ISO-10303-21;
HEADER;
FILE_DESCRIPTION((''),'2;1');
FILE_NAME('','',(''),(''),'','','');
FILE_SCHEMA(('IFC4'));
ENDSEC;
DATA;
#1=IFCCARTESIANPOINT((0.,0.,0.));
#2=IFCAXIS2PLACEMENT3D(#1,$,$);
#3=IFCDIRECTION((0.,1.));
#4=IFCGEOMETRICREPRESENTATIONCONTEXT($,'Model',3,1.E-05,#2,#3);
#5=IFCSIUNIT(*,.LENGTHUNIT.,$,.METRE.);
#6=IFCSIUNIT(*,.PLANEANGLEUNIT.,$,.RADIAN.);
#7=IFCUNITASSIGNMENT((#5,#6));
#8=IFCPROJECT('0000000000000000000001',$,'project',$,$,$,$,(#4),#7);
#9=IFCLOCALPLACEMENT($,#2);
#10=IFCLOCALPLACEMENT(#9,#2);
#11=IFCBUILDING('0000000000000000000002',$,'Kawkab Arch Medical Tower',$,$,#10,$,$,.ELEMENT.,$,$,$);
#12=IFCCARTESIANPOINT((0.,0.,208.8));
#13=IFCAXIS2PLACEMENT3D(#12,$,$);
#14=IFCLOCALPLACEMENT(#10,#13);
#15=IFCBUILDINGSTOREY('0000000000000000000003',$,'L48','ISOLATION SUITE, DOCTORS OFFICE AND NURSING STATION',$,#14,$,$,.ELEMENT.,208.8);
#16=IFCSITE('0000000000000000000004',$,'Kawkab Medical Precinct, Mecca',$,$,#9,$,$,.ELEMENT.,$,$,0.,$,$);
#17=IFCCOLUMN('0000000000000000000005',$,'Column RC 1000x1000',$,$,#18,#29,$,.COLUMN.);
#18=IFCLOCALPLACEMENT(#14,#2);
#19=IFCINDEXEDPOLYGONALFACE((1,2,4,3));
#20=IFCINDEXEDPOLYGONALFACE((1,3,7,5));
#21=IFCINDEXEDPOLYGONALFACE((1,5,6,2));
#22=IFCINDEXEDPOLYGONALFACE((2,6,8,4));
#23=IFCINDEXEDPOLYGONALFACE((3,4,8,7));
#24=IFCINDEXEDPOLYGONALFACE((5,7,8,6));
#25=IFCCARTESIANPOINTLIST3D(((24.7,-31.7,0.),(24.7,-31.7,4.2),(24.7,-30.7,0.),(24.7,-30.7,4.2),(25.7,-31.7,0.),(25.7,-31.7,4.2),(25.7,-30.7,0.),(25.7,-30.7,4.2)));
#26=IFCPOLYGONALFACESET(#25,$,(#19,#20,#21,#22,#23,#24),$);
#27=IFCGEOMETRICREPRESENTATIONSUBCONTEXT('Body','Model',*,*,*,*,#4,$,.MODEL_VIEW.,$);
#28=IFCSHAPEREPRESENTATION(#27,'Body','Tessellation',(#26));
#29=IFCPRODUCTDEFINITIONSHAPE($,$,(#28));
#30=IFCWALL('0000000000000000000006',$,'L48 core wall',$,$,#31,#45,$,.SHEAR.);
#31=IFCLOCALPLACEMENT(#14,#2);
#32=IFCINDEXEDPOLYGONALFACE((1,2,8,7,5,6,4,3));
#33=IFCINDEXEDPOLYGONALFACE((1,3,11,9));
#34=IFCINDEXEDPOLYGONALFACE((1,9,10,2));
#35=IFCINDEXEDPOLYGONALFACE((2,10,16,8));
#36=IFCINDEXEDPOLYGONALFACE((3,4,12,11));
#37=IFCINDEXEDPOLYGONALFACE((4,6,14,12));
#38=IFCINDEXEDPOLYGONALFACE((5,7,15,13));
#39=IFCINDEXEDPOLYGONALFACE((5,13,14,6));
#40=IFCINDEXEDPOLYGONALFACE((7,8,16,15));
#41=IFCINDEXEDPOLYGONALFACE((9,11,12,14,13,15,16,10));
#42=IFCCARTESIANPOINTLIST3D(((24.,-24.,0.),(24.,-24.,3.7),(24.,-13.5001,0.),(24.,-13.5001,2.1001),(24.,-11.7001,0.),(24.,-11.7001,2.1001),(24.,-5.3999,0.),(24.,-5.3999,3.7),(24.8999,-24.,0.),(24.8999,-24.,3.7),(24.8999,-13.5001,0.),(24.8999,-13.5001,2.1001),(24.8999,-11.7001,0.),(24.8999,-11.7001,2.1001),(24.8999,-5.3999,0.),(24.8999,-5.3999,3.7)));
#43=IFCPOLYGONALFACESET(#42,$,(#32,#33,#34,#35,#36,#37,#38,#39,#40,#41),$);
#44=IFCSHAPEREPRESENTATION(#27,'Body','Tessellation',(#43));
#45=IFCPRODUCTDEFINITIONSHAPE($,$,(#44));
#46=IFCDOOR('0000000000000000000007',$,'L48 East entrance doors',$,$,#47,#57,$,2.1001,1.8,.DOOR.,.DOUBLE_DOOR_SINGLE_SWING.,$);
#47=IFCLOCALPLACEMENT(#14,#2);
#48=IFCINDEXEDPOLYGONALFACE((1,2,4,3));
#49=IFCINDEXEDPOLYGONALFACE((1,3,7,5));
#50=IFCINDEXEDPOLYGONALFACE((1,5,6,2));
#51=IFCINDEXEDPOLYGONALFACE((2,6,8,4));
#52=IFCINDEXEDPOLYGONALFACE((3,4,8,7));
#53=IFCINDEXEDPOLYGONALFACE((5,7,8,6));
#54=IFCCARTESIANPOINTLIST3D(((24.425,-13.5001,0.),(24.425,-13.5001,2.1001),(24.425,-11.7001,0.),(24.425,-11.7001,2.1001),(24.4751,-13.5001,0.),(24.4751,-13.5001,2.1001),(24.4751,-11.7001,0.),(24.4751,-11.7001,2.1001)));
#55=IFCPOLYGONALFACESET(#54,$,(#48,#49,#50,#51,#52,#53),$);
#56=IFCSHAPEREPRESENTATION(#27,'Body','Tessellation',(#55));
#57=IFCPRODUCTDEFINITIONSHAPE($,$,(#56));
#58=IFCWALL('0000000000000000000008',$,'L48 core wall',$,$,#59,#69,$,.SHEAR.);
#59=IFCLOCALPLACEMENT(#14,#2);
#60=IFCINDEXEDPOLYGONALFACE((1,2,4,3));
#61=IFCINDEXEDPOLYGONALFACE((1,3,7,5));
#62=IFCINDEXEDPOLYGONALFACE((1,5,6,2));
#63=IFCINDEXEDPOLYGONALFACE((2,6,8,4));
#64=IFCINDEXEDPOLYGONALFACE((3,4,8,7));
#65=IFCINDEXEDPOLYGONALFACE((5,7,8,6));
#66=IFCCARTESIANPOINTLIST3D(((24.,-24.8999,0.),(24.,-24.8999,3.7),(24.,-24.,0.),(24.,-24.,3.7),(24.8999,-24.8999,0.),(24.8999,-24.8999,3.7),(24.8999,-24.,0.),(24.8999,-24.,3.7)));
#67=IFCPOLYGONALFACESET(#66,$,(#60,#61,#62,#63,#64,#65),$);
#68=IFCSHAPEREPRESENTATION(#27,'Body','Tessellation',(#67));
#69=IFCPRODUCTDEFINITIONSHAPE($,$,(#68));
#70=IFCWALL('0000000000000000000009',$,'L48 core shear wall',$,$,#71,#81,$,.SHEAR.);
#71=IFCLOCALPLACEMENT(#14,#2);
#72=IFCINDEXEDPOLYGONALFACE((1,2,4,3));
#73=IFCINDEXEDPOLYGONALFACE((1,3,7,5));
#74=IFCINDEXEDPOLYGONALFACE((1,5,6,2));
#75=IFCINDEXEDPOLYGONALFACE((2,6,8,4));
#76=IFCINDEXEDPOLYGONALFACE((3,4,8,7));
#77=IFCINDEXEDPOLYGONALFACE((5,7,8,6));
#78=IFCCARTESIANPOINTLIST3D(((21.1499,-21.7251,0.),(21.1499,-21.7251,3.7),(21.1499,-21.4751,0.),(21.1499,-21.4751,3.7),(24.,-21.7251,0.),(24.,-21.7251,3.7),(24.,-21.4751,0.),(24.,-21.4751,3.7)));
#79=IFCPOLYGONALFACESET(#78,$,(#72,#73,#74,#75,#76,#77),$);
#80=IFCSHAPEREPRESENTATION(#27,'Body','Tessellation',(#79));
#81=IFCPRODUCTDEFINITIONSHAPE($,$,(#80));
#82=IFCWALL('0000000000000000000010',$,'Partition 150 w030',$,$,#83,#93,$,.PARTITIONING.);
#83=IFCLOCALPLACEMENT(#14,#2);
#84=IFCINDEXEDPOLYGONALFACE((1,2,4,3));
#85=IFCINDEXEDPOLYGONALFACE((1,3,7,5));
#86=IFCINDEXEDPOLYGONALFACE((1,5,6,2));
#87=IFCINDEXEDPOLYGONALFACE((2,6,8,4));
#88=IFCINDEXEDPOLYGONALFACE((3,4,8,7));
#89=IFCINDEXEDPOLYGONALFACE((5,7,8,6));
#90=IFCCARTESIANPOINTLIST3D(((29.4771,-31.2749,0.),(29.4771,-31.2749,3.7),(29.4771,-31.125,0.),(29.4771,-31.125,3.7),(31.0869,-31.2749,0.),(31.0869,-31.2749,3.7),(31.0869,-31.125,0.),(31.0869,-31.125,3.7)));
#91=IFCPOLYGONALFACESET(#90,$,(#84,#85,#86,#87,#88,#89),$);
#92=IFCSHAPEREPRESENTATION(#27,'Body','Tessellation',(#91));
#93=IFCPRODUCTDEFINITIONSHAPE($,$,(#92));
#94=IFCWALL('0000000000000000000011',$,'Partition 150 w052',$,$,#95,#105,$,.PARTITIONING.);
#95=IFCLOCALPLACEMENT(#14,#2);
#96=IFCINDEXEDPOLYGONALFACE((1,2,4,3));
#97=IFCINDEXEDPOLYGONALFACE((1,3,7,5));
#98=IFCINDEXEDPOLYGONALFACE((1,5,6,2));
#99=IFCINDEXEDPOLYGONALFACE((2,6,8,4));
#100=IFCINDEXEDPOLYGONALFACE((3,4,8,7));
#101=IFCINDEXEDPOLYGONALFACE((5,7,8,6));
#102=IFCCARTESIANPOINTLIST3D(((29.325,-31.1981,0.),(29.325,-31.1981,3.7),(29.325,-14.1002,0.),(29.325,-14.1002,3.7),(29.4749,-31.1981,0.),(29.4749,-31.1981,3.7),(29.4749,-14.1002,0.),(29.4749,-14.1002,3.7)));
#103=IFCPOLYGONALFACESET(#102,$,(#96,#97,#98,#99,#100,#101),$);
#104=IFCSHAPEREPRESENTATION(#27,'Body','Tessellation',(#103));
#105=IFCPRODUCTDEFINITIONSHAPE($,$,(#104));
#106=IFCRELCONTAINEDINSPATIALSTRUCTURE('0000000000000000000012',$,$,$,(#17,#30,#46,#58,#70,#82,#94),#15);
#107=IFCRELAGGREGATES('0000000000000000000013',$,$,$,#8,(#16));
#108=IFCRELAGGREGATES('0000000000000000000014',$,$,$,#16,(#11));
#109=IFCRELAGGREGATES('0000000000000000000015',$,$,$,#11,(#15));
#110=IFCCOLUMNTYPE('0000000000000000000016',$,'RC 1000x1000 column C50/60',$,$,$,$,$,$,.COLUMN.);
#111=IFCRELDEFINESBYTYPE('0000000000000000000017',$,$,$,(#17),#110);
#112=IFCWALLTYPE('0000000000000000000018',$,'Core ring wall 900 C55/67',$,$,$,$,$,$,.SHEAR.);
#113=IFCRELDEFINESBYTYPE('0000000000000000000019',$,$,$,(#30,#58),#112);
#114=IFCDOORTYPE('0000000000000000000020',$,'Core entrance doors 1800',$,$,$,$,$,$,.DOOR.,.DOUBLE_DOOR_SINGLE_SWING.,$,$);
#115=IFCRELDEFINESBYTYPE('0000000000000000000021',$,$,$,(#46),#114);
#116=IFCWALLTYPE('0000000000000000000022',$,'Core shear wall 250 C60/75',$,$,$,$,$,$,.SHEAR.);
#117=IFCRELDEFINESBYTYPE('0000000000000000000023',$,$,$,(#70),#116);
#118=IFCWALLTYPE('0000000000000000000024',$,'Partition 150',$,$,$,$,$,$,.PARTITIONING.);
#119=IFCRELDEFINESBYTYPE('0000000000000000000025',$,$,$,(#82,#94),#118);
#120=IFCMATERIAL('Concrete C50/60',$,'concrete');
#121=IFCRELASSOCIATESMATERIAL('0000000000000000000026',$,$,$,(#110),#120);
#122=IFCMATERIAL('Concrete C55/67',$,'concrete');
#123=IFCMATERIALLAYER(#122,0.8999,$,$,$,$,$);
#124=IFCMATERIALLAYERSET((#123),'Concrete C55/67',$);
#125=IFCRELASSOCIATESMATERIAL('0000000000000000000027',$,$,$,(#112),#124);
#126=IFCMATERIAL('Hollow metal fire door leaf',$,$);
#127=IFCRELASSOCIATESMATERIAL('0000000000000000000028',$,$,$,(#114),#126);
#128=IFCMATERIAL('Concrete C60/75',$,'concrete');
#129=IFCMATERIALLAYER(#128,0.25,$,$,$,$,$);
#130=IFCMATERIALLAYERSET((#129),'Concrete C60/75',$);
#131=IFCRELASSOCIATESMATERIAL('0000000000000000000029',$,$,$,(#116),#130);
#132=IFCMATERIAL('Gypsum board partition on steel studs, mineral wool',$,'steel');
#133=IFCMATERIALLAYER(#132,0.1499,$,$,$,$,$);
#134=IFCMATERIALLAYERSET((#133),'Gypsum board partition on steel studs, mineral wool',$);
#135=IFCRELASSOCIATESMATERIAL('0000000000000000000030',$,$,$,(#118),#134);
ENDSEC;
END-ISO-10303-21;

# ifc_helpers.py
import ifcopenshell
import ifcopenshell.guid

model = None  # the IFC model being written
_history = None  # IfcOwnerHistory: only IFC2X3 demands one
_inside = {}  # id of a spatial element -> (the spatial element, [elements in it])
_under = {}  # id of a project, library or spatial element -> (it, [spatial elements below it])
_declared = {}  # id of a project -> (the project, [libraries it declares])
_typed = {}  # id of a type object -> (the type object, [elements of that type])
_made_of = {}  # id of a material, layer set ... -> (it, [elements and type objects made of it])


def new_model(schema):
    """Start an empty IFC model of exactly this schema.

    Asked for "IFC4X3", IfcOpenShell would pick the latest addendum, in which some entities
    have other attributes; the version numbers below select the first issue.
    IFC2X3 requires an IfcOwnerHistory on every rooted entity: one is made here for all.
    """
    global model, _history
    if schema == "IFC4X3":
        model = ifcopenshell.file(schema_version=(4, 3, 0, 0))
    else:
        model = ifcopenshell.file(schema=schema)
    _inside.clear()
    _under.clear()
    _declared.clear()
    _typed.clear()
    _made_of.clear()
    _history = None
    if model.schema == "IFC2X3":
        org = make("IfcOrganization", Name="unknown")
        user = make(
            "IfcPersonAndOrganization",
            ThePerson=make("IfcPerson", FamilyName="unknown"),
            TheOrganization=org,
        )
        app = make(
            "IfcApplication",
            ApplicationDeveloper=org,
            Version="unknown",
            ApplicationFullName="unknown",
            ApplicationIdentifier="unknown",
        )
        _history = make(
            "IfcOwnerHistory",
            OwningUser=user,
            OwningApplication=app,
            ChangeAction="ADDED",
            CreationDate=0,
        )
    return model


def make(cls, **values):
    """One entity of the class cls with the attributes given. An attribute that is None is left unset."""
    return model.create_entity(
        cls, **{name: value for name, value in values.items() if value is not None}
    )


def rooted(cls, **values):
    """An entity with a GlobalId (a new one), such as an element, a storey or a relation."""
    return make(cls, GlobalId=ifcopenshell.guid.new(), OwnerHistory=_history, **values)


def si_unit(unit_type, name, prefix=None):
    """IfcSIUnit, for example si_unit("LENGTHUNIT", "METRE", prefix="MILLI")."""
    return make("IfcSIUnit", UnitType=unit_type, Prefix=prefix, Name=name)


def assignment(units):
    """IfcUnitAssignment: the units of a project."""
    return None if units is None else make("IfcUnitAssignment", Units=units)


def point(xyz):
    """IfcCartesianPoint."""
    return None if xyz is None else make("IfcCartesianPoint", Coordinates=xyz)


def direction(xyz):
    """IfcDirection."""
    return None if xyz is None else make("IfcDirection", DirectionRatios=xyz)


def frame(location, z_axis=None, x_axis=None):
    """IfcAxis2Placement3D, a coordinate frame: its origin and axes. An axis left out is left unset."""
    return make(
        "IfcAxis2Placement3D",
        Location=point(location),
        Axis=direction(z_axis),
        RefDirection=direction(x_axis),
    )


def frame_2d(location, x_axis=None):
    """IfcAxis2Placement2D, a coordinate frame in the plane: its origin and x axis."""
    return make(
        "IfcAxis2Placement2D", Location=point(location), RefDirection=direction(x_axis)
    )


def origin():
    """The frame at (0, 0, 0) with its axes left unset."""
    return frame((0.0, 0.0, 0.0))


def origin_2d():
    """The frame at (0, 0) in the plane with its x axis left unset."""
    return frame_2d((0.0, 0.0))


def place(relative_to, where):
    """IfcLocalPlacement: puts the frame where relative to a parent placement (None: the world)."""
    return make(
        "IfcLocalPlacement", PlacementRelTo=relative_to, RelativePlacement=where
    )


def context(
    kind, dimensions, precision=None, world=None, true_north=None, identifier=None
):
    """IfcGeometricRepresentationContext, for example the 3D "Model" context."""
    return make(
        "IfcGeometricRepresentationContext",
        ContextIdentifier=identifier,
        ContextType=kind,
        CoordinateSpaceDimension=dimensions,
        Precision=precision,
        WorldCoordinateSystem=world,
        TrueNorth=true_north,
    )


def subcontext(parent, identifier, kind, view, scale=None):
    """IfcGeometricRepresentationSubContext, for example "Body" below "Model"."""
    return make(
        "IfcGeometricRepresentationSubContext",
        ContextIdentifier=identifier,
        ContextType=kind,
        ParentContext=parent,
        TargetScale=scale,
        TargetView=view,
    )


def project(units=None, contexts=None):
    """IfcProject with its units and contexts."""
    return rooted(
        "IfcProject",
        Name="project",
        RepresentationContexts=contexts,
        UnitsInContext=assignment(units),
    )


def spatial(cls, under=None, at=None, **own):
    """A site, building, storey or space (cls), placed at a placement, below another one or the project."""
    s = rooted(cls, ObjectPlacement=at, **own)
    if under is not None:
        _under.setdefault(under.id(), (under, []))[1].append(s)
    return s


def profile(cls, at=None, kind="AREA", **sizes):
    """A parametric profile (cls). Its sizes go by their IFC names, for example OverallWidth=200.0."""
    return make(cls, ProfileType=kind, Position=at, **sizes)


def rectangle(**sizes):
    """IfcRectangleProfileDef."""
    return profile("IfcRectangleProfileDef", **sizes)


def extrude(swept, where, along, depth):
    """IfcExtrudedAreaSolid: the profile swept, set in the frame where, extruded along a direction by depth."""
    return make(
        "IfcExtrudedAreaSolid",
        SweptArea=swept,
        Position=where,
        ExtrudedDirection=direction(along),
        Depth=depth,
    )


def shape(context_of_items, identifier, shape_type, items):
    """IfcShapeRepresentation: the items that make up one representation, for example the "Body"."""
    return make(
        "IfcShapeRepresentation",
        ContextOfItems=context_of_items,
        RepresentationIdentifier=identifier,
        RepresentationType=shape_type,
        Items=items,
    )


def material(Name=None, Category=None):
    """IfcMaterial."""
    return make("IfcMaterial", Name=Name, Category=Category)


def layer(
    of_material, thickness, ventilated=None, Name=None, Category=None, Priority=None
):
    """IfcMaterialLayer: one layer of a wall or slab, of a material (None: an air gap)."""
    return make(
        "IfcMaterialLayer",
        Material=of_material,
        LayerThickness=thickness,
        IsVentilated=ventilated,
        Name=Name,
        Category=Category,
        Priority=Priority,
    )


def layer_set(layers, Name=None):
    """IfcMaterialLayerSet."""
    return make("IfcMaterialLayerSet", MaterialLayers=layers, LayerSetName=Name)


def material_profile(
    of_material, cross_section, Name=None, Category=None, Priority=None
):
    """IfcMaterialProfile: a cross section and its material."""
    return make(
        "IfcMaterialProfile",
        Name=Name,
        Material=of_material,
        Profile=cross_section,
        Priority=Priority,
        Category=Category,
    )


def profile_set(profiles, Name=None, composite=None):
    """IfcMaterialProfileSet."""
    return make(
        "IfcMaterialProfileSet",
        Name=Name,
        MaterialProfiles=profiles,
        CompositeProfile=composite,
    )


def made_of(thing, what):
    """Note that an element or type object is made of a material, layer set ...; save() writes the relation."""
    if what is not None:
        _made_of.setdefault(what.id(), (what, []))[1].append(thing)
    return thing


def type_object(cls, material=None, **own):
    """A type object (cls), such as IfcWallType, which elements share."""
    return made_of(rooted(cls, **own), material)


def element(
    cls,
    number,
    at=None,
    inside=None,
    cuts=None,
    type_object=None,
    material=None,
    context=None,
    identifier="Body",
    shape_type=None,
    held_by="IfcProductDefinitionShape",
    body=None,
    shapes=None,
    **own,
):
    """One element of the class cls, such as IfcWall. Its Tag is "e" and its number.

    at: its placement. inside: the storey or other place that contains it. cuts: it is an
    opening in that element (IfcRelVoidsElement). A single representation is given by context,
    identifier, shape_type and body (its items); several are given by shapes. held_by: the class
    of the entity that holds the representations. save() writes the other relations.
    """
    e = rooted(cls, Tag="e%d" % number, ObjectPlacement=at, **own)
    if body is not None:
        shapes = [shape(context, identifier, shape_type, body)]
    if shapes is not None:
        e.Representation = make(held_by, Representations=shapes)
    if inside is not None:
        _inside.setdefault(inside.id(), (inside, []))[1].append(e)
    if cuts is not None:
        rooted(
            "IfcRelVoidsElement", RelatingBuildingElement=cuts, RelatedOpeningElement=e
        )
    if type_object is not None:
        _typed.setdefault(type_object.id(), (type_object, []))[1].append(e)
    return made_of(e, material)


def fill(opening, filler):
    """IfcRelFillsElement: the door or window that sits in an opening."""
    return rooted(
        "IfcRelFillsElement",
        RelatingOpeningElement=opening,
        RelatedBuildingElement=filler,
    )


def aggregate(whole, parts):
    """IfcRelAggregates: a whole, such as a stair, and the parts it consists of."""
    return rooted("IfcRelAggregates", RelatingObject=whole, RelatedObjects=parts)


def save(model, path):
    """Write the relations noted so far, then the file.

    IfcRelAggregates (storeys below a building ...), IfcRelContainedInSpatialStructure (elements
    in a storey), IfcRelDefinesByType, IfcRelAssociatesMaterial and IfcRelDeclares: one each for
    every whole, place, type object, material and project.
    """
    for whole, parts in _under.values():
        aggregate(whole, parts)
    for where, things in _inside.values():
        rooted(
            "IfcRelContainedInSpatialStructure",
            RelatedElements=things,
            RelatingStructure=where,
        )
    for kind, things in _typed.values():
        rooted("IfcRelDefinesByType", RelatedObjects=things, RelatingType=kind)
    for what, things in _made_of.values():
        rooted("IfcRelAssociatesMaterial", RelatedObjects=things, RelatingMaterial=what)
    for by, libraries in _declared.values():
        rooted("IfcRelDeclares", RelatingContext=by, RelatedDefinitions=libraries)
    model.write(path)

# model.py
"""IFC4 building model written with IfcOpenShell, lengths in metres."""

from ifc_helpers import new_model, si_unit, direction, frame, frame_2d, origin, origin_2d, place, context, subcontext, project, spatial, rectangle, extrude, material, layer, layer_set, material_profile, profile_set, type_object, element, fill, save


model = new_model("IFC4")

# Units and contexts
model_context = context("Model", 3, precision=1e-05, world=origin(), true_north=direction((0.0, 1.0)))
body_context = subcontext(model_context, "Body", "Model", "MODEL_VIEW")
ifc_project = project(units=[si_unit("LENGTHUNIT", "METRE"), si_unit("PLANEANGLEUNIT", "RADIAN")], contexts=[model_context])

# Site, building, storey
site_placement = place(None, origin())
site = spatial("IfcSite", under=ifc_project, at=site_placement, Name="Kawkab Medical Precinct, Mecca", CompositionType="ELEMENT", RefElevation=0.0)
building_placement = place(site_placement, origin())
building = spatial("IfcBuilding", under=site, at=building_placement, Name="Kawkab Arch Medical Tower", CompositionType="ELEMENT")
storey_placement = place(building_placement, frame((0.0, 0.0, 208.8)))
storey = spatial("IfcBuildingStorey", under=building, at=storey_placement, Name="L48", Description="ISOLATION SUITE, DOCTORS OFFICE AND NURSING STATION", CompositionType="ELEMENT", Elevation=208.8)

# Column
ifc_material_1 = material(Name="Concrete C50/60", Category="concrete")
ifc_material_profile = material_profile(ifc_material_1, rectangle(XDim=1.0, YDim=1.0, at=origin_2d()), Name="RC 1000x1000")
ifc_profile_set = profile_set([ifc_material_profile], Name="Concrete C50/60")
column_type = type_object("IfcColumnType", Name="RC 1000x1000 column C50/60", PredefinedType="COLUMN", material=ifc_profile_set)
column_placement = place(storey_placement, frame((25.2, -31.2, 0.0), z_axis=(0.0, 0.0, 1.0), x_axis=(1.0, 0.0, 0.0)))
element("IfcColumn", 1, at=column_placement, inside=storey, type_object=column_type, Name="Column RC 1000x1000", PredefinedType="COLUMN", context=body_context, shape_type="SweptSolid", body=[
    extrude(rectangle(XDim=1.0, YDim=1.0, at=origin_2d()), origin(), (0.0, 0.0, 1.0), 4.2),
])

# Wall, opening, door
ifc_material_2 = material(Name="Concrete C55/67", Category="concrete")
ifc_layer_1 = layer(ifc_material_2, 0.8999)
ifc_layer_set_1 = layer_set([ifc_layer_1], Name="Concrete C55/67")
wall_type_1 = type_object("IfcWallType", Name="Core ring wall 900 C55/67", PredefinedType="SHEAR", material=ifc_layer_set_1)
wall_1_placement = place(storey_placement, frame((24.45, -24.0, 0.0), z_axis=(0.0, 0.0, 1.0), x_axis=(0.0, 1.0, 0.0)))
wall_1 = element("IfcWall", 2, at=wall_1_placement, inside=storey, type_object=wall_type_1, Name="L48 core wall", PredefinedType="SHEAR", context=body_context, shape_type="SweptSolid", body=[
    extrude(rectangle(XDim=18.6001, YDim=0.8999, at=frame_2d((9.3, 0.0))), origin(), (0.0, 0.0, 1.0), 3.7),
])
opening_placement = place(wall_1_placement, frame((10.5, 0.0, 0.0)))
opening = element("IfcOpeningElement", 3, at=opening_placement, cuts=wall_1, PredefinedType="OPENING", context=body_context, shape_type="SweptSolid", body=[
    extrude(rectangle(XDim=1.8, YDim=2.1001, at=frame_2d((0.8999, 1.05))), frame((0.0, 0.46, 0.0), z_axis=(0.0, -1.0, 0.0), x_axis=(1.0, 0.0, 0.0)), (0.0, 0.0, 1.0), 0.9199),
])
ifc_material_3 = material(Name="Hollow metal fire door leaf")
door_type = type_object("IfcDoorType", Name="Core entrance doors 1800", OperationType="DOUBLE_DOOR_SINGLE_SWING", PredefinedType="DOOR", material=ifc_material_3)
door_placement = place(opening_placement, origin())
door = element("IfcDoor", 4, at=door_placement, inside=storey, type_object=door_type, Name="L48 East entrance doors", OperationType="DOUBLE_DOOR_SINGLE_SWING", OverallHeight=2.1001, OverallWidth=1.8, PredefinedType="DOOR", context=body_context, shape_type="SweptSolid", body=[
    extrude(rectangle(XDim=1.8, YDim=2.1001, at=frame_2d((0.8999, 1.05))), frame((0.0, 0.0249, 0.0), z_axis=(0.0, -1.0, 0.0), x_axis=(1.0, 0.0, 0.0)), (0.0, 0.0, 1.0), 0.05),
])
fill(opening, door)

# Walls
wall_2_placement = place(storey_placement, frame((24.45, -24.8999, 0.0), z_axis=(0.0, 0.0, 1.0), x_axis=(0.0, 1.0, 0.0)))
element("IfcWall", 5, at=wall_2_placement, inside=storey, type_object=wall_type_1, Name="L48 core wall", PredefinedType="SHEAR", context=body_context, shape_type="SweptSolid", body=[
    extrude(rectangle(XDim=0.8999, YDim=0.8999, at=frame_2d((0.45, 0.0))), origin(), (0.0, 0.0, 1.0), 3.7),
])
ifc_material_4 = material(Name="Concrete C60/75", Category="concrete")
ifc_layer_2 = layer(ifc_material_4, 0.25)
ifc_layer_set_2 = layer_set([ifc_layer_2], Name="Concrete C60/75")
wall_type_2 = type_object("IfcWallType", Name="Core shear wall 250 C60/75", PredefinedType="SHEAR", material=ifc_layer_set_2)
wall_3_placement = place(storey_placement, frame((21.1499, -21.6001, 0.0), z_axis=(0.0, 0.0, 1.0), x_axis=(1.0, 0.0, 0.0)))
element("IfcWall", 6, at=wall_3_placement, inside=storey, type_object=wall_type_2, Name="L48 core shear wall", PredefinedType="SHEAR", context=body_context, shape_type="SweptSolid", body=[
    extrude(rectangle(XDim=2.8501, YDim=0.25, at=frame_2d((1.425, 0.0))), origin(), (0.0, 0.0, 1.0), 3.7),
])
ifc_material_5 = material(Name="Gypsum board partition on steel studs, mineral wool", Category="steel")
ifc_layer_3 = layer(ifc_material_5, 0.1499)
ifc_layer_set_3 = layer_set([ifc_layer_3], Name="Gypsum board partition on steel studs, mineral wool")
wall_type_3 = type_object("IfcWallType", Name="Partition 150", PredefinedType="PARTITIONING", material=ifc_layer_set_3)
wall_4_placement = place(storey_placement, frame((29.4771, -31.2, 0.0), z_axis=(0.0, 0.0, 1.0), x_axis=(1.0, 0.0, 0.0)))
element("IfcWall", 7, at=wall_4_placement, inside=storey, type_object=wall_type_3, Name="Partition 150 w030", PredefinedType="PARTITIONING", context=body_context, shape_type="SweptSolid", body=[
    extrude(rectangle(XDim=1.6099, YDim=0.1499, at=frame_2d((0.8049, 0.0))), origin(), (0.0, 0.0, 1.0), 3.7),
])
wall_5_placement = place(storey_placement, frame((29.3999, -31.198, 0.0), z_axis=(0.0, 0.0, 1.0), x_axis=(0.0, 1.0, 0.0)))
element("IfcWall", 8, at=wall_5_placement, inside=storey, type_object=wall_type_3, Name="Partition 150 w052", PredefinedType="PARTITIONING", context=body_context, shape_type="SweptSolid", body=[
    extrude(rectangle(XDim=17.0979, YDim=0.1499, at=frame_2d((8.5488, 0.0))), origin(), (0.0, 0.0, 1.0), 3.7),
])

save(model, "model.ifc")
